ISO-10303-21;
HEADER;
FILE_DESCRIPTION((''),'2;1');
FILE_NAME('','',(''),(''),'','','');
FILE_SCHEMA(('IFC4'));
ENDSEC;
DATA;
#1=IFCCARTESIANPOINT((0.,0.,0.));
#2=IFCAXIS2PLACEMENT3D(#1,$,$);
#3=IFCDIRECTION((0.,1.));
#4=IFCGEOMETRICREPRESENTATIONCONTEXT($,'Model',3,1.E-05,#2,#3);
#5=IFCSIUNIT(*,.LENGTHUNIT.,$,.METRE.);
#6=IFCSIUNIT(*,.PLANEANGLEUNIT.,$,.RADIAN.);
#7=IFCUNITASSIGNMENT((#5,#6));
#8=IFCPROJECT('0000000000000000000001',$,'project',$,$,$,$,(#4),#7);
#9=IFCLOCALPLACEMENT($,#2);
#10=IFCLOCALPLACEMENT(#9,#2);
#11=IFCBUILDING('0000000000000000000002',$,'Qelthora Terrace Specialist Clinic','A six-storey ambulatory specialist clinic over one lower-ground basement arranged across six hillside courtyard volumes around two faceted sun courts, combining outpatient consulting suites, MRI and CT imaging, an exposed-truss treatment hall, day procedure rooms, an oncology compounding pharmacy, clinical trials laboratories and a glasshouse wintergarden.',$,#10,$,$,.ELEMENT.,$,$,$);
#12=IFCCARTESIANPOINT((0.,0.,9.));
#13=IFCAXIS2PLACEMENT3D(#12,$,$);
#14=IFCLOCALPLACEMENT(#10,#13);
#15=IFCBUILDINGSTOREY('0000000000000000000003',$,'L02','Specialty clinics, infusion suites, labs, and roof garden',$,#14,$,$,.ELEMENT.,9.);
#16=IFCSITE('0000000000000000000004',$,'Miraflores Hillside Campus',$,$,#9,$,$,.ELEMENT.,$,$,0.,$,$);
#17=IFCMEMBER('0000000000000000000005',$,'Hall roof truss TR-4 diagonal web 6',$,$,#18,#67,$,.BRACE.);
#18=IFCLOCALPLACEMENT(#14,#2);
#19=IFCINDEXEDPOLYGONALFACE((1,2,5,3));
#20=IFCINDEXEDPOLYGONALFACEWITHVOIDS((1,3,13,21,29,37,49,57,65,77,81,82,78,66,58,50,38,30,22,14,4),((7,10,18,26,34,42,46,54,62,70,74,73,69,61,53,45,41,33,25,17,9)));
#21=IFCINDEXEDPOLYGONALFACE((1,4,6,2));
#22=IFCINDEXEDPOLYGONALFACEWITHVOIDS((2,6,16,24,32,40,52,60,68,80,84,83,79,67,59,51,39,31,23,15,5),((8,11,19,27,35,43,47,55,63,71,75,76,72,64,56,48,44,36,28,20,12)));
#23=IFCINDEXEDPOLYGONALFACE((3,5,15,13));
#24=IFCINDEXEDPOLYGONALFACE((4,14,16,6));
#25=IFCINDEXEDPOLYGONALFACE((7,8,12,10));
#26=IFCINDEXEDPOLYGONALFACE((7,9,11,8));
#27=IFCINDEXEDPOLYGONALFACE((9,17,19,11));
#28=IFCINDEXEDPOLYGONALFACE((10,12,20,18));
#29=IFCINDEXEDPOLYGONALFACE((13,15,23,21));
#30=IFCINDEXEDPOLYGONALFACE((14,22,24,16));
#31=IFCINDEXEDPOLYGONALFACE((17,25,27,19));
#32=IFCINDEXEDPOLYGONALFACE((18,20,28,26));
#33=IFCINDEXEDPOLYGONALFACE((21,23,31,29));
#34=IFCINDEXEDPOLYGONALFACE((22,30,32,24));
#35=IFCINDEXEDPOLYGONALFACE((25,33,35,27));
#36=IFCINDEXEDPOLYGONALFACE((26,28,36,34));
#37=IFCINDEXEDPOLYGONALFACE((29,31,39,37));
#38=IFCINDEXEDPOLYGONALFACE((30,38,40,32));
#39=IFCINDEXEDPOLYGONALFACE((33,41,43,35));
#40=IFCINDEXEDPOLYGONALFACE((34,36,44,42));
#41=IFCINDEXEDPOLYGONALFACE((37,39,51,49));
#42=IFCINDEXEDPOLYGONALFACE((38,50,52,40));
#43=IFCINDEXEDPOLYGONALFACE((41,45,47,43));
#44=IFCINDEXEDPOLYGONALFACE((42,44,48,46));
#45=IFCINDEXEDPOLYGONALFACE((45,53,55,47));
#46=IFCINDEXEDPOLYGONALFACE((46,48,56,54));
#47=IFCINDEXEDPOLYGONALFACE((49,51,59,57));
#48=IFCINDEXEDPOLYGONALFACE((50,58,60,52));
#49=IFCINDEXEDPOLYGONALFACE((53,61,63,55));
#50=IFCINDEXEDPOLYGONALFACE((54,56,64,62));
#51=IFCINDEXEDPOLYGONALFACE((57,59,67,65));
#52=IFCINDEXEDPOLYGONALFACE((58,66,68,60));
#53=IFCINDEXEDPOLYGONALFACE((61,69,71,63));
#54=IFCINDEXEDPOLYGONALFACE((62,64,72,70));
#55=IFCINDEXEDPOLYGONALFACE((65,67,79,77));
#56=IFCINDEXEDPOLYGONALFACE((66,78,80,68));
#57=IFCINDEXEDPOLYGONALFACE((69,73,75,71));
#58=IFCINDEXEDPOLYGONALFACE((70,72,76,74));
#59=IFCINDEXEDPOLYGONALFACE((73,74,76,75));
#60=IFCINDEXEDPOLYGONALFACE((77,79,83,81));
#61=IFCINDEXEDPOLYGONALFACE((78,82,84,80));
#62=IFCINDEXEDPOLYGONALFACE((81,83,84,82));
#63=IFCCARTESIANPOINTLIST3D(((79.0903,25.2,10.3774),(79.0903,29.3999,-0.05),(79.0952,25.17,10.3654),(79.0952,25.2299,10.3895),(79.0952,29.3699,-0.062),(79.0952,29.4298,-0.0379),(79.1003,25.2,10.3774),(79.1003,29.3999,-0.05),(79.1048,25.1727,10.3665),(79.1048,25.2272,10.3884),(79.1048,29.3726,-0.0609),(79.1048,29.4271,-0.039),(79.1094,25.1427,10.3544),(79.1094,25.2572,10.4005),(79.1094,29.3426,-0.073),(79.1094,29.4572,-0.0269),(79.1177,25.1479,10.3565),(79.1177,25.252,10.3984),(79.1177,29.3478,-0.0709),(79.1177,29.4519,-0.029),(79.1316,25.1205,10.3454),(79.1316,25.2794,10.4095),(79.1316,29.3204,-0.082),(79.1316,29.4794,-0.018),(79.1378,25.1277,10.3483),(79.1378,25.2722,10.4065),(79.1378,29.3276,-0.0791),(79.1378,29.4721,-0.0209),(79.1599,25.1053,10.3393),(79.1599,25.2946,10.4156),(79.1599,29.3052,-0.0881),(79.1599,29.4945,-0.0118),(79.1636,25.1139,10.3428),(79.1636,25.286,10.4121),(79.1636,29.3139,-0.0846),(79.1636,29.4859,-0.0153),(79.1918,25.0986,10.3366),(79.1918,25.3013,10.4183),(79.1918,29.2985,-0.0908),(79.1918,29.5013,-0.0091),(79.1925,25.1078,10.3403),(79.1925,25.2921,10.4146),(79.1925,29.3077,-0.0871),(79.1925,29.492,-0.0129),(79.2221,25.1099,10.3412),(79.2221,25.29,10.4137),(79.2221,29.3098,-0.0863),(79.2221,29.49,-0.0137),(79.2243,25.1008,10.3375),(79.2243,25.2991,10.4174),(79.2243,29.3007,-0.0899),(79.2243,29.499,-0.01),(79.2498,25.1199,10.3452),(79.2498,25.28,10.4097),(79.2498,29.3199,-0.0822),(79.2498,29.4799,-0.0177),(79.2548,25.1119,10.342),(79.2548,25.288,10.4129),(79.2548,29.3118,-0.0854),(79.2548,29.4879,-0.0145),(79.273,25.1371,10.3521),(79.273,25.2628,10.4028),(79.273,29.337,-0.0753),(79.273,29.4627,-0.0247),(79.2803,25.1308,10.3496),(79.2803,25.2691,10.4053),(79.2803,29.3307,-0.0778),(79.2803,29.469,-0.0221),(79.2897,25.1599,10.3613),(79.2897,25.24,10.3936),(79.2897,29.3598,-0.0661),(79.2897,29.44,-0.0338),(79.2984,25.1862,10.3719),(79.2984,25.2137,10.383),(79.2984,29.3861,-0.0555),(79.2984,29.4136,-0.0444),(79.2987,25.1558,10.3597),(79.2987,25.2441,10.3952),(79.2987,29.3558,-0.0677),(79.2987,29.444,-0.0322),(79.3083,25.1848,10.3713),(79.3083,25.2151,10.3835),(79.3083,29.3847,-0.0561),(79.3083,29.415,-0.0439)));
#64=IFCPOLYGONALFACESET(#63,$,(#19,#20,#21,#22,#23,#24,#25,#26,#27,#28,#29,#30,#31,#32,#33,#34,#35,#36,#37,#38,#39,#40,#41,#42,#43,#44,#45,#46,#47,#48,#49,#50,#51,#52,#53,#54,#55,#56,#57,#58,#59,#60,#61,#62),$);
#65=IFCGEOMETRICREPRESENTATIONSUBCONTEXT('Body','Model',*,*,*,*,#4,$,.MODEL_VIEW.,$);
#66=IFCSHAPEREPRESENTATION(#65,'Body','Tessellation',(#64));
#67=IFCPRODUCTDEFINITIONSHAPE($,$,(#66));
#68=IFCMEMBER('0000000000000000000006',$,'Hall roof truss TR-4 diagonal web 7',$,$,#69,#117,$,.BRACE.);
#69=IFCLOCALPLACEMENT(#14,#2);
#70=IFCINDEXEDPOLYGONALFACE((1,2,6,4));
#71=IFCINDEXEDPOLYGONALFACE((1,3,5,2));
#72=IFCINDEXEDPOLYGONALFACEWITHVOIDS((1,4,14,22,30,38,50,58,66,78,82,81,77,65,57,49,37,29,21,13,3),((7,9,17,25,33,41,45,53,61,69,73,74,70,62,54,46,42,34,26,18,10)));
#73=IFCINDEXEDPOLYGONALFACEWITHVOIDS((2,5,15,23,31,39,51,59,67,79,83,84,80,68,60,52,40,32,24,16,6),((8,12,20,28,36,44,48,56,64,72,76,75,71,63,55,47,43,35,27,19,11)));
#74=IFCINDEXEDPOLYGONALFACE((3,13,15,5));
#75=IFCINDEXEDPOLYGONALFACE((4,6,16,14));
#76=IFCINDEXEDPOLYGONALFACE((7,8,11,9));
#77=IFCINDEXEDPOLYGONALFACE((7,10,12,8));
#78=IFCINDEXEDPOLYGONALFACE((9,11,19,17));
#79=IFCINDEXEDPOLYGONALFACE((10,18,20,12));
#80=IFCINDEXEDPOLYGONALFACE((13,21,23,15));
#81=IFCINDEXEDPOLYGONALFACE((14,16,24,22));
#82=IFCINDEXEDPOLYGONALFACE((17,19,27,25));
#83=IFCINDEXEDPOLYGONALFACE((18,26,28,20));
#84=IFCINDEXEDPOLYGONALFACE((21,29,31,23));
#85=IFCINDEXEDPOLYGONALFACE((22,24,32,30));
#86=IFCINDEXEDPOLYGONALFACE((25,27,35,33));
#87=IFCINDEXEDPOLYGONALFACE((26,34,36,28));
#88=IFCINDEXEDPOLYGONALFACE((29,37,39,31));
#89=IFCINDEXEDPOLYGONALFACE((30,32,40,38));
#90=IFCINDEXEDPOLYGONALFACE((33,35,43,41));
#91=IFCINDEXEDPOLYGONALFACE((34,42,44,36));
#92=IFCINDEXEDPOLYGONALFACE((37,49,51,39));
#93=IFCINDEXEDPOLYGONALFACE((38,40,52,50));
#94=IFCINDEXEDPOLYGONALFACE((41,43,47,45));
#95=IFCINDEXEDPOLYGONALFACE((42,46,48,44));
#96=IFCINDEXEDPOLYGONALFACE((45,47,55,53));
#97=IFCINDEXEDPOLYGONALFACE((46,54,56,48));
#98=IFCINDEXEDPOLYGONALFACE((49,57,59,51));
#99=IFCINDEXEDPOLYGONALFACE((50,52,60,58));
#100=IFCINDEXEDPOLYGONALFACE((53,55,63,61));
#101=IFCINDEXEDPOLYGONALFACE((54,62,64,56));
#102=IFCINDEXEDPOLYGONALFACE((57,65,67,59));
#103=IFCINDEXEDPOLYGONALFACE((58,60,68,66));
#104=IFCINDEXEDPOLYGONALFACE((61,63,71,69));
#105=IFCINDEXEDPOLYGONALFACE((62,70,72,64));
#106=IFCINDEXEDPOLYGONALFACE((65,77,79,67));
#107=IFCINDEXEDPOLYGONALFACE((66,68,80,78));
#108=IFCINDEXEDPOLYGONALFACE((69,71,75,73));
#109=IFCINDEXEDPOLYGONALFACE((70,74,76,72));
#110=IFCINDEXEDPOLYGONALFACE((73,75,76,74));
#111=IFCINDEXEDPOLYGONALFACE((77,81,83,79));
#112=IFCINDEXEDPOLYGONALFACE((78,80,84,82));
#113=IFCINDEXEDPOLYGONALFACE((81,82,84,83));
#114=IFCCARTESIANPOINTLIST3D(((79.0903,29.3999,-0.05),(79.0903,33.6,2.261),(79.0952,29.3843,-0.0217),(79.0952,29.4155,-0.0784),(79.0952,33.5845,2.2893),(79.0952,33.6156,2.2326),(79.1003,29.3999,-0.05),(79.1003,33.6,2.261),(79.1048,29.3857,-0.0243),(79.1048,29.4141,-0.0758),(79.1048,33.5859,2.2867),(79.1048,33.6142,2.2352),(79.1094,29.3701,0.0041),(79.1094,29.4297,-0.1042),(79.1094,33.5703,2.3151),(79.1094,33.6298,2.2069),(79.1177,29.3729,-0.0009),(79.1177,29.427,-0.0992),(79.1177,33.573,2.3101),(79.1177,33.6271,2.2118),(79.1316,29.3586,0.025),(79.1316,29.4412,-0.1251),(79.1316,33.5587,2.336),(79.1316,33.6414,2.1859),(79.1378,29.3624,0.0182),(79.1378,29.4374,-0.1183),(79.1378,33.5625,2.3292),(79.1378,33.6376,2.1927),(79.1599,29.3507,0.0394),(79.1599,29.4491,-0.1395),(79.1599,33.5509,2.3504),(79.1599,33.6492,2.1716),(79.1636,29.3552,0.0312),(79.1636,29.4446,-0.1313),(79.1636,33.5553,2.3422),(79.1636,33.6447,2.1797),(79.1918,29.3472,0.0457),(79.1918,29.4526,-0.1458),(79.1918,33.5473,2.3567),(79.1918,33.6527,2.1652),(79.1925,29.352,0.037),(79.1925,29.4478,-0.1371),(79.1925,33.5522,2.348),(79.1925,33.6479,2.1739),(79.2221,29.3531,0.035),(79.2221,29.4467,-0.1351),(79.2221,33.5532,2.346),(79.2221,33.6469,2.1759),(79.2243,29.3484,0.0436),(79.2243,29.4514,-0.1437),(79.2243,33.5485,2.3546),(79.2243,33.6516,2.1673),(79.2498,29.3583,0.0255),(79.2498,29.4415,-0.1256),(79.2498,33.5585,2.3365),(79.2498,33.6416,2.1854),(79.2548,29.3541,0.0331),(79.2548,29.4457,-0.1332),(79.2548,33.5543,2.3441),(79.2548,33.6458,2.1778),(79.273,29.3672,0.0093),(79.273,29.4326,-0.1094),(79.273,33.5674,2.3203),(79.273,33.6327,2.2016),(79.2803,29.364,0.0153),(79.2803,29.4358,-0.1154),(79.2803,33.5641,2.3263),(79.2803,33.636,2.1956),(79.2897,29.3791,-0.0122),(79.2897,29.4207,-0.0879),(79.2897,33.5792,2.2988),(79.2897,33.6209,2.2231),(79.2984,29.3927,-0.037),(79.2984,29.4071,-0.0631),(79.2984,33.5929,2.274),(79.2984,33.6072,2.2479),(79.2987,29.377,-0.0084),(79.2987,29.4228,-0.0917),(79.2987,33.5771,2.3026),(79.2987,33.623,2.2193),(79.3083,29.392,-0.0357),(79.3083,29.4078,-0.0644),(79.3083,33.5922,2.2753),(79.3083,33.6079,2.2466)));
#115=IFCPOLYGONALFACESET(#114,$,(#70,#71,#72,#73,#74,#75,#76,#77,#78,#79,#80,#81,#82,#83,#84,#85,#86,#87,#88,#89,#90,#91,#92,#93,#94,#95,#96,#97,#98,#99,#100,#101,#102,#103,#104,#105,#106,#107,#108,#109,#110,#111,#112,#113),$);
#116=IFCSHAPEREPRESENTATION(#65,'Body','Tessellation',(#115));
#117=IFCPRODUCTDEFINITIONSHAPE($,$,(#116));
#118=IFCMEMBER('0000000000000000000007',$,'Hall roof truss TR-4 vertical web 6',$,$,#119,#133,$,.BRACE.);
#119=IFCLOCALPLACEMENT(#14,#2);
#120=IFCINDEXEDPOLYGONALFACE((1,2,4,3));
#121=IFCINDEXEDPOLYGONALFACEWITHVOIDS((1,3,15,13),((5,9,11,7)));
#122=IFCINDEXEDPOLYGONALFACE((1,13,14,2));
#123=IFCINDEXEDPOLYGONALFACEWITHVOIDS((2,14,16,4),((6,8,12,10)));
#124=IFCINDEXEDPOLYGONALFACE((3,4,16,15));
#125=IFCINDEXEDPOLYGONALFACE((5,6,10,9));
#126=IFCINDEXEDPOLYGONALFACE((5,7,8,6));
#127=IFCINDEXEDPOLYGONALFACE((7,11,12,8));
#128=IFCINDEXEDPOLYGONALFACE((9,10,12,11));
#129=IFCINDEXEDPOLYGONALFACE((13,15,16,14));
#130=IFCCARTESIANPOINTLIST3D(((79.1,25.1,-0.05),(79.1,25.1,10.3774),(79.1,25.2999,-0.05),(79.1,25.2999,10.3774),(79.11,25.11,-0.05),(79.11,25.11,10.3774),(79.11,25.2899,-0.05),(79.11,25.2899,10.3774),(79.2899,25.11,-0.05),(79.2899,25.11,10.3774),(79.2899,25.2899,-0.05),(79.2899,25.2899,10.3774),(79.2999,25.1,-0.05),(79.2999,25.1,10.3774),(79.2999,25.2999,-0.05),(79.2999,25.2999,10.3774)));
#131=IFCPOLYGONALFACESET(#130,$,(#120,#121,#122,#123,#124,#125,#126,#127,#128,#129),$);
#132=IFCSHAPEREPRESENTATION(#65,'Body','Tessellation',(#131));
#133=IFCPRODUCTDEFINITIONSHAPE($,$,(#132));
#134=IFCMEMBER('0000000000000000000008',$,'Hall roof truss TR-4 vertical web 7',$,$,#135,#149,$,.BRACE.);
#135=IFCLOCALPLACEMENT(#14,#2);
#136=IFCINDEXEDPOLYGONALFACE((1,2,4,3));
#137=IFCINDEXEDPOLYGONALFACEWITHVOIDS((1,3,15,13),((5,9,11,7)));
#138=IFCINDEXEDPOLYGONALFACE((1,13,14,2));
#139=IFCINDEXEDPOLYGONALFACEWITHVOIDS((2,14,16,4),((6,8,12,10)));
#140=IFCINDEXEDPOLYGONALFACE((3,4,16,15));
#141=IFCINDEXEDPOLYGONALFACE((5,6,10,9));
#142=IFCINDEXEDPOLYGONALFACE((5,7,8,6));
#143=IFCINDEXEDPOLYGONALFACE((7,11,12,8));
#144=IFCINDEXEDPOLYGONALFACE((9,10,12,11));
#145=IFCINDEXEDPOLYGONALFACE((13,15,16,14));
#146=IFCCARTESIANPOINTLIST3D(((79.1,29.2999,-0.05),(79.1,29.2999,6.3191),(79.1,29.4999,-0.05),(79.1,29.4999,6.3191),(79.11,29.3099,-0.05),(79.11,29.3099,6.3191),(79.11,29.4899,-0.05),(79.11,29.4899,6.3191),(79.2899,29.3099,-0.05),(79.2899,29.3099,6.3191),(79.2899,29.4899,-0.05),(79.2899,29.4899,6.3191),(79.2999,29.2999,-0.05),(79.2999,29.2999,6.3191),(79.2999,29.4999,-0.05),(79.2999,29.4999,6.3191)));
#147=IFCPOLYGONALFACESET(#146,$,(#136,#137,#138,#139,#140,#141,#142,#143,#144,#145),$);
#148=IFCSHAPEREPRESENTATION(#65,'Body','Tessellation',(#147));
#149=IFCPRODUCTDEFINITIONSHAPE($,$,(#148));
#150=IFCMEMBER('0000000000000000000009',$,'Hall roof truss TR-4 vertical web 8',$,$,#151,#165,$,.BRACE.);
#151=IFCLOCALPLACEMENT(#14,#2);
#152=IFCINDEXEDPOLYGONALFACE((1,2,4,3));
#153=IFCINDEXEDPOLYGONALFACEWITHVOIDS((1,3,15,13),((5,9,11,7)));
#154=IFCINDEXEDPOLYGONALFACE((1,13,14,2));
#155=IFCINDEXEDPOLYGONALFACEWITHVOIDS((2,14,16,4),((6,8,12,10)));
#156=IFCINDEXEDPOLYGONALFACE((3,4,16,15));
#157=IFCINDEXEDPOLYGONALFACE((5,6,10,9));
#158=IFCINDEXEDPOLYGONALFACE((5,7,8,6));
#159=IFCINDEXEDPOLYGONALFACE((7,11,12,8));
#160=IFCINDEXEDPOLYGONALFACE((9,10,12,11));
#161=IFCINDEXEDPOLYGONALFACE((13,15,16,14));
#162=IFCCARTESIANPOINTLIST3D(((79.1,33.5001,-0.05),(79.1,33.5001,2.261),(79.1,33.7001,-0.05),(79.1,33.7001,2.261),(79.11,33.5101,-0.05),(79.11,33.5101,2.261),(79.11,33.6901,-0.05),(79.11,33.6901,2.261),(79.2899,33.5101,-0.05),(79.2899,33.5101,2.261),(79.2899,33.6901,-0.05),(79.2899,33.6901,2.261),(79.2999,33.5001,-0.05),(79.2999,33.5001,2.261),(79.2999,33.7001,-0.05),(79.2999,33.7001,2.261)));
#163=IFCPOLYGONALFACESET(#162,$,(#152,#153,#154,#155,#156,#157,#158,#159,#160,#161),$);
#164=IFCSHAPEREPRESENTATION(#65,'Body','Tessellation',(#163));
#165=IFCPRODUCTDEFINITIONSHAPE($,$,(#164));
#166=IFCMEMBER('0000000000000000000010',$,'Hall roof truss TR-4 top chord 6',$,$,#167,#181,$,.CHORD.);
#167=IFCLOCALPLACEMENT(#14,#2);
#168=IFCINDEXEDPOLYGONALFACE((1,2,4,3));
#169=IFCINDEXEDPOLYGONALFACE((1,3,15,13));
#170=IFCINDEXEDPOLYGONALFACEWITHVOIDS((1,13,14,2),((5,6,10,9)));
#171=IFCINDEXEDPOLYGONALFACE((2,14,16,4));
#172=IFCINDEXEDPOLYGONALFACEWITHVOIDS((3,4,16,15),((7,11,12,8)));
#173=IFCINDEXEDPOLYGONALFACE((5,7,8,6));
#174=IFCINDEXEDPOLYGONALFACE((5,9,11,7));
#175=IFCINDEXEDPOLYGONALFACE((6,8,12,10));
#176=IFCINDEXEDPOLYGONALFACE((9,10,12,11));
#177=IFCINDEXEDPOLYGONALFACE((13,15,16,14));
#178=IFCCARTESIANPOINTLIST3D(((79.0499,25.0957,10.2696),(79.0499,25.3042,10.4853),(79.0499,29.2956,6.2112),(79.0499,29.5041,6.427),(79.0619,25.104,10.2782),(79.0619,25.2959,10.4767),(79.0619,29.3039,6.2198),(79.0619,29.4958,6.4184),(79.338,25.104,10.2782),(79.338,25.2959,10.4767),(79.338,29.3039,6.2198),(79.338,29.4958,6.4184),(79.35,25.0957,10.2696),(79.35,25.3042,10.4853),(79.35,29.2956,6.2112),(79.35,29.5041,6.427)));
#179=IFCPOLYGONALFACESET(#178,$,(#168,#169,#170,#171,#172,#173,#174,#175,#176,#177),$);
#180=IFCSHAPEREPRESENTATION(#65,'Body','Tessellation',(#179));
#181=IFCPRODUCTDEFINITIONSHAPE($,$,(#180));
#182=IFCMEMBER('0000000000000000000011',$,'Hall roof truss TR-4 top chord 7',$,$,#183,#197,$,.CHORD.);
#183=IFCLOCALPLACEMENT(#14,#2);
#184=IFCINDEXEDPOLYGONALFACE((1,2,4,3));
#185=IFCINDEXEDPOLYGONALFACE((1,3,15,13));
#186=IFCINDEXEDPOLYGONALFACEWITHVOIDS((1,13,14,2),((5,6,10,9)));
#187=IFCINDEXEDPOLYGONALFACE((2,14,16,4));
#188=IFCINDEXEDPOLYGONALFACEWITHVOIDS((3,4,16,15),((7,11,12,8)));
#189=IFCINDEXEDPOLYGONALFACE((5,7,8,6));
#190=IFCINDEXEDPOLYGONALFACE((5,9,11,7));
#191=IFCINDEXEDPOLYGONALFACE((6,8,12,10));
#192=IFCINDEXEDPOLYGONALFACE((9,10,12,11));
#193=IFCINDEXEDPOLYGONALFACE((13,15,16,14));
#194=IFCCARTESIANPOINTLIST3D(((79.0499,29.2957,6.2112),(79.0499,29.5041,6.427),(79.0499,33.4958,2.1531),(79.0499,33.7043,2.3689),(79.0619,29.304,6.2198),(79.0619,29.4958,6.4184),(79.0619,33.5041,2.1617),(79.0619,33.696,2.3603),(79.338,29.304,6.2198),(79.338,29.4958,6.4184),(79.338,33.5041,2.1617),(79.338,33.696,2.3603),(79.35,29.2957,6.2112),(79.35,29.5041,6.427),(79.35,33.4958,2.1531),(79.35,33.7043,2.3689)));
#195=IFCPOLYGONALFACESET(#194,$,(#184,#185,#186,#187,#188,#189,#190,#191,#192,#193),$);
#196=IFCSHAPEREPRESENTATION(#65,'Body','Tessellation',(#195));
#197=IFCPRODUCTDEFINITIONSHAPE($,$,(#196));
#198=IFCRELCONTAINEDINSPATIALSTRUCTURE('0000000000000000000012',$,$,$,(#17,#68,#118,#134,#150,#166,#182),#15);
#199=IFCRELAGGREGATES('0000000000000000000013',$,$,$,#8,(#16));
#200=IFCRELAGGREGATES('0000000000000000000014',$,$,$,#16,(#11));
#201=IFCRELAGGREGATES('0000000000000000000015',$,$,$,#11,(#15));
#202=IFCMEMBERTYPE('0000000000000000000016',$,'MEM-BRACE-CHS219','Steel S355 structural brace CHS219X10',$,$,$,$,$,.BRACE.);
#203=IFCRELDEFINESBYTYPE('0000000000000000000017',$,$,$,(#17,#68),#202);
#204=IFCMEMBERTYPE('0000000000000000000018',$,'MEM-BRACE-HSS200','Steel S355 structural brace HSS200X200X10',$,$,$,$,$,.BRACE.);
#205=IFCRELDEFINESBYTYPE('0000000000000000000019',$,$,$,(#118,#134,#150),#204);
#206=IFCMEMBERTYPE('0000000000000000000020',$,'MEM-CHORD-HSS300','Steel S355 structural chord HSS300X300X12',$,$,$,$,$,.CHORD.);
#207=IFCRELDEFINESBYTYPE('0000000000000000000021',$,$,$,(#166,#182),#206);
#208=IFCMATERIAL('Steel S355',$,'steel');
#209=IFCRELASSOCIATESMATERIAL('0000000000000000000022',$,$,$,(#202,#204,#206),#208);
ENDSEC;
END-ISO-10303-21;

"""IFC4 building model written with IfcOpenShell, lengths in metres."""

from ifc_helpers import new_model, si_unit, direction, frame, origin, origin_2d, place, context, subcontext, project, spatial, hollow_rectangle, hollow_circle, extrude, material, material_profile, profile_set, type_object, element, save


model = new_model("IFC4")

# Units and contexts
model_context = context("Model", 3, precision=1e-05, world=origin(), true_north=direction((0.0, 1.0)))
body_context = subcontext(model_context, "Body", "Model", "MODEL_VIEW")
ifc_project = project(units=[si_unit("LENGTHUNIT", "METRE"), si_unit("PLANEANGLEUNIT", "RADIAN")], contexts=[model_context])

# Site, building, storey
site_placement = place(None, origin())
site = spatial("IfcSite", under=ifc_project, at=site_placement, Name="Miraflores Hillside Campus", CompositionType="ELEMENT", RefElevation=0.0)
building_placement = place(site_placement, origin())
building = spatial("IfcBuilding", under=site, at=building_placement, Name="Qelthora Terrace Specialist Clinic", Description="A six-storey ambulatory specialist clinic over one lower-ground basement arranged across six hillside courtyard volumes around two faceted sun courts, combining outpatient consulting suites, MRI and CT imaging, an exposed-truss treatment hall, day procedure rooms, an oncology compounding pharmacy, clinical trials laboratories and a glasshouse wintergarden.", CompositionType="ELEMENT")
storey_placement = place(building_placement, frame((0.0, 0.0, 9.0)))
storey = spatial("IfcBuildingStorey", under=building, at=storey_placement, Name="L02", Description="Specialty clinics, infusion suites, labs, and roof garden", CompositionType="ELEMENT", Elevation=9.0)

# Shared definitions
ifc_material = material(Name="Steel S355", Category="steel")

# Members
ifc_material_profile_1 = material_profile(ifc_material, hollow_circle(Radius=0.1096, WallThickness=0.01, at=origin_2d()), Name="CHS219X10")
ifc_profile_set_1 = profile_set([ifc_material_profile_1], Name="Steel S355")
member_type_1 = type_object("IfcMemberType", Name="MEM-BRACE-CHS219", Description="Steel S355 structural brace CHS219X10", PredefinedType="BRACE", material=ifc_profile_set_1)
member_1_placement = place(storey_placement, frame((79.2, 25.2, 10.3774), z_axis=(0.0, 0.37361, -0.927586), x_axis=(-1.0, 0.0, 0.0)))
element("IfcMember", 1, at=member_1_placement, inside=storey, type_object=member_type_1, Name="Hall roof truss TR-4 diagonal web 6", PredefinedType="BRACE", context=body_context, shape_type="SweptSolid", body=[
    extrude(hollow_circle(Radius=0.1096, WallThickness=0.01, at=origin_2d()), origin(), (0.0, 0.0, 1.0), 11.2415),
])
member_2_placement = place(storey_placement, frame((79.2, 29.3999, -0.05), z_axis=(0.0, 0.876134, 0.482067), x_axis=(-1.0, 0.0, 0.0)))
element("IfcMember", 2, at=member_2_placement, inside=storey, type_object=member_type_1, Name="Hall roof truss TR-4 diagonal web 7", PredefinedType="BRACE", context=body_context, shape_type="SweptSolid", body=[
    extrude(hollow_circle(Radius=0.1096, WallThickness=0.01, at=origin_2d()), origin(), (0.0, 0.0, 1.0), 4.7939),
])
ifc_material_profile_2 = material_profile(ifc_material, hollow_rectangle(XDim=0.2, YDim=0.2, WallThickness=0.01, at=origin_2d()), Name="HSS200X200X10")
ifc_profile_set_2 = profile_set([ifc_material_profile_2], Name="Steel S355")
member_type_2 = type_object("IfcMemberType", Name="MEM-BRACE-HSS200", Description="Steel S355 structural brace HSS200X200X10", PredefinedType="BRACE", material=ifc_profile_set_2)
member_3_placement = place(storey_placement, frame((79.2, 25.2, -0.05), z_axis=(0.0, 0.0, 1.0), x_axis=(1.0, 0.0, 0.0)))
element("IfcMember", 3, at=member_3_placement, inside=storey, type_object=member_type_2, Name="Hall roof truss TR-4 vertical web 6", PredefinedType="BRACE", context=body_context, shape_type="SweptSolid", body=[
    extrude(hollow_rectangle(XDim=0.2, YDim=0.2, WallThickness=0.01, at=origin_2d()), origin(), (0.0, 0.0, 1.0), 10.4275),
])
member_4_placement = place(storey_placement, frame((79.2, 29.3999, -0.05), z_axis=(0.0, 0.0, 1.0), x_axis=(1.0, 0.0, 0.0)))
element("IfcMember", 4, at=member_4_placement, inside=storey, type_object=member_type_2, Name="Hall roof truss TR-4 vertical web 7", PredefinedType="BRACE", context=body_context, shape_type="SweptSolid", body=[
    extrude(hollow_rectangle(XDim=0.2, YDim=0.2, WallThickness=0.01, at=origin_2d()), origin(), (0.0, 0.0, 1.0), 6.3691),
])
member_5_placement = place(storey_placement, frame((79.2, 33.6001, -0.05), z_axis=(0.0, 0.0, 1.0), x_axis=(1.0, 0.0, 0.0)))
element("IfcMember", 5, at=member_5_placement, inside=storey, type_object=member_type_2, Name="Hall roof truss TR-4 vertical web 8", PredefinedType="BRACE", context=body_context, shape_type="SweptSolid", body=[
    extrude(hollow_rectangle(XDim=0.2, YDim=0.2, WallThickness=0.01, at=origin_2d()), origin(), (0.0, 0.0, 1.0), 2.311),
])
ifc_material_profile_3 = material_profile(ifc_material, hollow_rectangle(XDim=0.3, YDim=0.3, WallThickness=0.012, at=origin_2d()), Name="HSS300X300X12")
ifc_profile_set_3 = profile_set([ifc_material_profile_3], Name="Steel S355")
member_type_3 = type_object("IfcMemberType", Name="MEM-CHORD-HSS300", Description="Steel S355 structural chord HSS300X300X12", PredefinedType="CHORD", material=ifc_profile_set_3)
for number, where, z_axis, x_axis, name in (
    (6, (79.2, 25.2, 10.3774), (0.0, 0.719126, -0.69488), (-1.0, 0.0, 0.0), "Hall roof truss TR-4 top chord 6"),
    (7, (79.2, 29.3999, 6.3191), (0.0, 0.719167, -0.694838), (-1.0, 0.0, 0.0), "Hall roof truss TR-4 top chord 7"),
):
    element("IfcMember", number, at=place(storey_placement, frame(where, z_axis=z_axis, x_axis=x_axis)), inside=storey, type_object=member_type_3, Name=name, PredefinedType="CHORD", context=body_context, shape_type="SweptSolid", body=[
        extrude(hollow_rectangle(XDim=0.3, YDim=0.3, WallThickness=0.012, at=origin_2d()), origin(), (0.0, 0.0, 1.0), 5.8403),
    ])

save(model, "model.ifc")
